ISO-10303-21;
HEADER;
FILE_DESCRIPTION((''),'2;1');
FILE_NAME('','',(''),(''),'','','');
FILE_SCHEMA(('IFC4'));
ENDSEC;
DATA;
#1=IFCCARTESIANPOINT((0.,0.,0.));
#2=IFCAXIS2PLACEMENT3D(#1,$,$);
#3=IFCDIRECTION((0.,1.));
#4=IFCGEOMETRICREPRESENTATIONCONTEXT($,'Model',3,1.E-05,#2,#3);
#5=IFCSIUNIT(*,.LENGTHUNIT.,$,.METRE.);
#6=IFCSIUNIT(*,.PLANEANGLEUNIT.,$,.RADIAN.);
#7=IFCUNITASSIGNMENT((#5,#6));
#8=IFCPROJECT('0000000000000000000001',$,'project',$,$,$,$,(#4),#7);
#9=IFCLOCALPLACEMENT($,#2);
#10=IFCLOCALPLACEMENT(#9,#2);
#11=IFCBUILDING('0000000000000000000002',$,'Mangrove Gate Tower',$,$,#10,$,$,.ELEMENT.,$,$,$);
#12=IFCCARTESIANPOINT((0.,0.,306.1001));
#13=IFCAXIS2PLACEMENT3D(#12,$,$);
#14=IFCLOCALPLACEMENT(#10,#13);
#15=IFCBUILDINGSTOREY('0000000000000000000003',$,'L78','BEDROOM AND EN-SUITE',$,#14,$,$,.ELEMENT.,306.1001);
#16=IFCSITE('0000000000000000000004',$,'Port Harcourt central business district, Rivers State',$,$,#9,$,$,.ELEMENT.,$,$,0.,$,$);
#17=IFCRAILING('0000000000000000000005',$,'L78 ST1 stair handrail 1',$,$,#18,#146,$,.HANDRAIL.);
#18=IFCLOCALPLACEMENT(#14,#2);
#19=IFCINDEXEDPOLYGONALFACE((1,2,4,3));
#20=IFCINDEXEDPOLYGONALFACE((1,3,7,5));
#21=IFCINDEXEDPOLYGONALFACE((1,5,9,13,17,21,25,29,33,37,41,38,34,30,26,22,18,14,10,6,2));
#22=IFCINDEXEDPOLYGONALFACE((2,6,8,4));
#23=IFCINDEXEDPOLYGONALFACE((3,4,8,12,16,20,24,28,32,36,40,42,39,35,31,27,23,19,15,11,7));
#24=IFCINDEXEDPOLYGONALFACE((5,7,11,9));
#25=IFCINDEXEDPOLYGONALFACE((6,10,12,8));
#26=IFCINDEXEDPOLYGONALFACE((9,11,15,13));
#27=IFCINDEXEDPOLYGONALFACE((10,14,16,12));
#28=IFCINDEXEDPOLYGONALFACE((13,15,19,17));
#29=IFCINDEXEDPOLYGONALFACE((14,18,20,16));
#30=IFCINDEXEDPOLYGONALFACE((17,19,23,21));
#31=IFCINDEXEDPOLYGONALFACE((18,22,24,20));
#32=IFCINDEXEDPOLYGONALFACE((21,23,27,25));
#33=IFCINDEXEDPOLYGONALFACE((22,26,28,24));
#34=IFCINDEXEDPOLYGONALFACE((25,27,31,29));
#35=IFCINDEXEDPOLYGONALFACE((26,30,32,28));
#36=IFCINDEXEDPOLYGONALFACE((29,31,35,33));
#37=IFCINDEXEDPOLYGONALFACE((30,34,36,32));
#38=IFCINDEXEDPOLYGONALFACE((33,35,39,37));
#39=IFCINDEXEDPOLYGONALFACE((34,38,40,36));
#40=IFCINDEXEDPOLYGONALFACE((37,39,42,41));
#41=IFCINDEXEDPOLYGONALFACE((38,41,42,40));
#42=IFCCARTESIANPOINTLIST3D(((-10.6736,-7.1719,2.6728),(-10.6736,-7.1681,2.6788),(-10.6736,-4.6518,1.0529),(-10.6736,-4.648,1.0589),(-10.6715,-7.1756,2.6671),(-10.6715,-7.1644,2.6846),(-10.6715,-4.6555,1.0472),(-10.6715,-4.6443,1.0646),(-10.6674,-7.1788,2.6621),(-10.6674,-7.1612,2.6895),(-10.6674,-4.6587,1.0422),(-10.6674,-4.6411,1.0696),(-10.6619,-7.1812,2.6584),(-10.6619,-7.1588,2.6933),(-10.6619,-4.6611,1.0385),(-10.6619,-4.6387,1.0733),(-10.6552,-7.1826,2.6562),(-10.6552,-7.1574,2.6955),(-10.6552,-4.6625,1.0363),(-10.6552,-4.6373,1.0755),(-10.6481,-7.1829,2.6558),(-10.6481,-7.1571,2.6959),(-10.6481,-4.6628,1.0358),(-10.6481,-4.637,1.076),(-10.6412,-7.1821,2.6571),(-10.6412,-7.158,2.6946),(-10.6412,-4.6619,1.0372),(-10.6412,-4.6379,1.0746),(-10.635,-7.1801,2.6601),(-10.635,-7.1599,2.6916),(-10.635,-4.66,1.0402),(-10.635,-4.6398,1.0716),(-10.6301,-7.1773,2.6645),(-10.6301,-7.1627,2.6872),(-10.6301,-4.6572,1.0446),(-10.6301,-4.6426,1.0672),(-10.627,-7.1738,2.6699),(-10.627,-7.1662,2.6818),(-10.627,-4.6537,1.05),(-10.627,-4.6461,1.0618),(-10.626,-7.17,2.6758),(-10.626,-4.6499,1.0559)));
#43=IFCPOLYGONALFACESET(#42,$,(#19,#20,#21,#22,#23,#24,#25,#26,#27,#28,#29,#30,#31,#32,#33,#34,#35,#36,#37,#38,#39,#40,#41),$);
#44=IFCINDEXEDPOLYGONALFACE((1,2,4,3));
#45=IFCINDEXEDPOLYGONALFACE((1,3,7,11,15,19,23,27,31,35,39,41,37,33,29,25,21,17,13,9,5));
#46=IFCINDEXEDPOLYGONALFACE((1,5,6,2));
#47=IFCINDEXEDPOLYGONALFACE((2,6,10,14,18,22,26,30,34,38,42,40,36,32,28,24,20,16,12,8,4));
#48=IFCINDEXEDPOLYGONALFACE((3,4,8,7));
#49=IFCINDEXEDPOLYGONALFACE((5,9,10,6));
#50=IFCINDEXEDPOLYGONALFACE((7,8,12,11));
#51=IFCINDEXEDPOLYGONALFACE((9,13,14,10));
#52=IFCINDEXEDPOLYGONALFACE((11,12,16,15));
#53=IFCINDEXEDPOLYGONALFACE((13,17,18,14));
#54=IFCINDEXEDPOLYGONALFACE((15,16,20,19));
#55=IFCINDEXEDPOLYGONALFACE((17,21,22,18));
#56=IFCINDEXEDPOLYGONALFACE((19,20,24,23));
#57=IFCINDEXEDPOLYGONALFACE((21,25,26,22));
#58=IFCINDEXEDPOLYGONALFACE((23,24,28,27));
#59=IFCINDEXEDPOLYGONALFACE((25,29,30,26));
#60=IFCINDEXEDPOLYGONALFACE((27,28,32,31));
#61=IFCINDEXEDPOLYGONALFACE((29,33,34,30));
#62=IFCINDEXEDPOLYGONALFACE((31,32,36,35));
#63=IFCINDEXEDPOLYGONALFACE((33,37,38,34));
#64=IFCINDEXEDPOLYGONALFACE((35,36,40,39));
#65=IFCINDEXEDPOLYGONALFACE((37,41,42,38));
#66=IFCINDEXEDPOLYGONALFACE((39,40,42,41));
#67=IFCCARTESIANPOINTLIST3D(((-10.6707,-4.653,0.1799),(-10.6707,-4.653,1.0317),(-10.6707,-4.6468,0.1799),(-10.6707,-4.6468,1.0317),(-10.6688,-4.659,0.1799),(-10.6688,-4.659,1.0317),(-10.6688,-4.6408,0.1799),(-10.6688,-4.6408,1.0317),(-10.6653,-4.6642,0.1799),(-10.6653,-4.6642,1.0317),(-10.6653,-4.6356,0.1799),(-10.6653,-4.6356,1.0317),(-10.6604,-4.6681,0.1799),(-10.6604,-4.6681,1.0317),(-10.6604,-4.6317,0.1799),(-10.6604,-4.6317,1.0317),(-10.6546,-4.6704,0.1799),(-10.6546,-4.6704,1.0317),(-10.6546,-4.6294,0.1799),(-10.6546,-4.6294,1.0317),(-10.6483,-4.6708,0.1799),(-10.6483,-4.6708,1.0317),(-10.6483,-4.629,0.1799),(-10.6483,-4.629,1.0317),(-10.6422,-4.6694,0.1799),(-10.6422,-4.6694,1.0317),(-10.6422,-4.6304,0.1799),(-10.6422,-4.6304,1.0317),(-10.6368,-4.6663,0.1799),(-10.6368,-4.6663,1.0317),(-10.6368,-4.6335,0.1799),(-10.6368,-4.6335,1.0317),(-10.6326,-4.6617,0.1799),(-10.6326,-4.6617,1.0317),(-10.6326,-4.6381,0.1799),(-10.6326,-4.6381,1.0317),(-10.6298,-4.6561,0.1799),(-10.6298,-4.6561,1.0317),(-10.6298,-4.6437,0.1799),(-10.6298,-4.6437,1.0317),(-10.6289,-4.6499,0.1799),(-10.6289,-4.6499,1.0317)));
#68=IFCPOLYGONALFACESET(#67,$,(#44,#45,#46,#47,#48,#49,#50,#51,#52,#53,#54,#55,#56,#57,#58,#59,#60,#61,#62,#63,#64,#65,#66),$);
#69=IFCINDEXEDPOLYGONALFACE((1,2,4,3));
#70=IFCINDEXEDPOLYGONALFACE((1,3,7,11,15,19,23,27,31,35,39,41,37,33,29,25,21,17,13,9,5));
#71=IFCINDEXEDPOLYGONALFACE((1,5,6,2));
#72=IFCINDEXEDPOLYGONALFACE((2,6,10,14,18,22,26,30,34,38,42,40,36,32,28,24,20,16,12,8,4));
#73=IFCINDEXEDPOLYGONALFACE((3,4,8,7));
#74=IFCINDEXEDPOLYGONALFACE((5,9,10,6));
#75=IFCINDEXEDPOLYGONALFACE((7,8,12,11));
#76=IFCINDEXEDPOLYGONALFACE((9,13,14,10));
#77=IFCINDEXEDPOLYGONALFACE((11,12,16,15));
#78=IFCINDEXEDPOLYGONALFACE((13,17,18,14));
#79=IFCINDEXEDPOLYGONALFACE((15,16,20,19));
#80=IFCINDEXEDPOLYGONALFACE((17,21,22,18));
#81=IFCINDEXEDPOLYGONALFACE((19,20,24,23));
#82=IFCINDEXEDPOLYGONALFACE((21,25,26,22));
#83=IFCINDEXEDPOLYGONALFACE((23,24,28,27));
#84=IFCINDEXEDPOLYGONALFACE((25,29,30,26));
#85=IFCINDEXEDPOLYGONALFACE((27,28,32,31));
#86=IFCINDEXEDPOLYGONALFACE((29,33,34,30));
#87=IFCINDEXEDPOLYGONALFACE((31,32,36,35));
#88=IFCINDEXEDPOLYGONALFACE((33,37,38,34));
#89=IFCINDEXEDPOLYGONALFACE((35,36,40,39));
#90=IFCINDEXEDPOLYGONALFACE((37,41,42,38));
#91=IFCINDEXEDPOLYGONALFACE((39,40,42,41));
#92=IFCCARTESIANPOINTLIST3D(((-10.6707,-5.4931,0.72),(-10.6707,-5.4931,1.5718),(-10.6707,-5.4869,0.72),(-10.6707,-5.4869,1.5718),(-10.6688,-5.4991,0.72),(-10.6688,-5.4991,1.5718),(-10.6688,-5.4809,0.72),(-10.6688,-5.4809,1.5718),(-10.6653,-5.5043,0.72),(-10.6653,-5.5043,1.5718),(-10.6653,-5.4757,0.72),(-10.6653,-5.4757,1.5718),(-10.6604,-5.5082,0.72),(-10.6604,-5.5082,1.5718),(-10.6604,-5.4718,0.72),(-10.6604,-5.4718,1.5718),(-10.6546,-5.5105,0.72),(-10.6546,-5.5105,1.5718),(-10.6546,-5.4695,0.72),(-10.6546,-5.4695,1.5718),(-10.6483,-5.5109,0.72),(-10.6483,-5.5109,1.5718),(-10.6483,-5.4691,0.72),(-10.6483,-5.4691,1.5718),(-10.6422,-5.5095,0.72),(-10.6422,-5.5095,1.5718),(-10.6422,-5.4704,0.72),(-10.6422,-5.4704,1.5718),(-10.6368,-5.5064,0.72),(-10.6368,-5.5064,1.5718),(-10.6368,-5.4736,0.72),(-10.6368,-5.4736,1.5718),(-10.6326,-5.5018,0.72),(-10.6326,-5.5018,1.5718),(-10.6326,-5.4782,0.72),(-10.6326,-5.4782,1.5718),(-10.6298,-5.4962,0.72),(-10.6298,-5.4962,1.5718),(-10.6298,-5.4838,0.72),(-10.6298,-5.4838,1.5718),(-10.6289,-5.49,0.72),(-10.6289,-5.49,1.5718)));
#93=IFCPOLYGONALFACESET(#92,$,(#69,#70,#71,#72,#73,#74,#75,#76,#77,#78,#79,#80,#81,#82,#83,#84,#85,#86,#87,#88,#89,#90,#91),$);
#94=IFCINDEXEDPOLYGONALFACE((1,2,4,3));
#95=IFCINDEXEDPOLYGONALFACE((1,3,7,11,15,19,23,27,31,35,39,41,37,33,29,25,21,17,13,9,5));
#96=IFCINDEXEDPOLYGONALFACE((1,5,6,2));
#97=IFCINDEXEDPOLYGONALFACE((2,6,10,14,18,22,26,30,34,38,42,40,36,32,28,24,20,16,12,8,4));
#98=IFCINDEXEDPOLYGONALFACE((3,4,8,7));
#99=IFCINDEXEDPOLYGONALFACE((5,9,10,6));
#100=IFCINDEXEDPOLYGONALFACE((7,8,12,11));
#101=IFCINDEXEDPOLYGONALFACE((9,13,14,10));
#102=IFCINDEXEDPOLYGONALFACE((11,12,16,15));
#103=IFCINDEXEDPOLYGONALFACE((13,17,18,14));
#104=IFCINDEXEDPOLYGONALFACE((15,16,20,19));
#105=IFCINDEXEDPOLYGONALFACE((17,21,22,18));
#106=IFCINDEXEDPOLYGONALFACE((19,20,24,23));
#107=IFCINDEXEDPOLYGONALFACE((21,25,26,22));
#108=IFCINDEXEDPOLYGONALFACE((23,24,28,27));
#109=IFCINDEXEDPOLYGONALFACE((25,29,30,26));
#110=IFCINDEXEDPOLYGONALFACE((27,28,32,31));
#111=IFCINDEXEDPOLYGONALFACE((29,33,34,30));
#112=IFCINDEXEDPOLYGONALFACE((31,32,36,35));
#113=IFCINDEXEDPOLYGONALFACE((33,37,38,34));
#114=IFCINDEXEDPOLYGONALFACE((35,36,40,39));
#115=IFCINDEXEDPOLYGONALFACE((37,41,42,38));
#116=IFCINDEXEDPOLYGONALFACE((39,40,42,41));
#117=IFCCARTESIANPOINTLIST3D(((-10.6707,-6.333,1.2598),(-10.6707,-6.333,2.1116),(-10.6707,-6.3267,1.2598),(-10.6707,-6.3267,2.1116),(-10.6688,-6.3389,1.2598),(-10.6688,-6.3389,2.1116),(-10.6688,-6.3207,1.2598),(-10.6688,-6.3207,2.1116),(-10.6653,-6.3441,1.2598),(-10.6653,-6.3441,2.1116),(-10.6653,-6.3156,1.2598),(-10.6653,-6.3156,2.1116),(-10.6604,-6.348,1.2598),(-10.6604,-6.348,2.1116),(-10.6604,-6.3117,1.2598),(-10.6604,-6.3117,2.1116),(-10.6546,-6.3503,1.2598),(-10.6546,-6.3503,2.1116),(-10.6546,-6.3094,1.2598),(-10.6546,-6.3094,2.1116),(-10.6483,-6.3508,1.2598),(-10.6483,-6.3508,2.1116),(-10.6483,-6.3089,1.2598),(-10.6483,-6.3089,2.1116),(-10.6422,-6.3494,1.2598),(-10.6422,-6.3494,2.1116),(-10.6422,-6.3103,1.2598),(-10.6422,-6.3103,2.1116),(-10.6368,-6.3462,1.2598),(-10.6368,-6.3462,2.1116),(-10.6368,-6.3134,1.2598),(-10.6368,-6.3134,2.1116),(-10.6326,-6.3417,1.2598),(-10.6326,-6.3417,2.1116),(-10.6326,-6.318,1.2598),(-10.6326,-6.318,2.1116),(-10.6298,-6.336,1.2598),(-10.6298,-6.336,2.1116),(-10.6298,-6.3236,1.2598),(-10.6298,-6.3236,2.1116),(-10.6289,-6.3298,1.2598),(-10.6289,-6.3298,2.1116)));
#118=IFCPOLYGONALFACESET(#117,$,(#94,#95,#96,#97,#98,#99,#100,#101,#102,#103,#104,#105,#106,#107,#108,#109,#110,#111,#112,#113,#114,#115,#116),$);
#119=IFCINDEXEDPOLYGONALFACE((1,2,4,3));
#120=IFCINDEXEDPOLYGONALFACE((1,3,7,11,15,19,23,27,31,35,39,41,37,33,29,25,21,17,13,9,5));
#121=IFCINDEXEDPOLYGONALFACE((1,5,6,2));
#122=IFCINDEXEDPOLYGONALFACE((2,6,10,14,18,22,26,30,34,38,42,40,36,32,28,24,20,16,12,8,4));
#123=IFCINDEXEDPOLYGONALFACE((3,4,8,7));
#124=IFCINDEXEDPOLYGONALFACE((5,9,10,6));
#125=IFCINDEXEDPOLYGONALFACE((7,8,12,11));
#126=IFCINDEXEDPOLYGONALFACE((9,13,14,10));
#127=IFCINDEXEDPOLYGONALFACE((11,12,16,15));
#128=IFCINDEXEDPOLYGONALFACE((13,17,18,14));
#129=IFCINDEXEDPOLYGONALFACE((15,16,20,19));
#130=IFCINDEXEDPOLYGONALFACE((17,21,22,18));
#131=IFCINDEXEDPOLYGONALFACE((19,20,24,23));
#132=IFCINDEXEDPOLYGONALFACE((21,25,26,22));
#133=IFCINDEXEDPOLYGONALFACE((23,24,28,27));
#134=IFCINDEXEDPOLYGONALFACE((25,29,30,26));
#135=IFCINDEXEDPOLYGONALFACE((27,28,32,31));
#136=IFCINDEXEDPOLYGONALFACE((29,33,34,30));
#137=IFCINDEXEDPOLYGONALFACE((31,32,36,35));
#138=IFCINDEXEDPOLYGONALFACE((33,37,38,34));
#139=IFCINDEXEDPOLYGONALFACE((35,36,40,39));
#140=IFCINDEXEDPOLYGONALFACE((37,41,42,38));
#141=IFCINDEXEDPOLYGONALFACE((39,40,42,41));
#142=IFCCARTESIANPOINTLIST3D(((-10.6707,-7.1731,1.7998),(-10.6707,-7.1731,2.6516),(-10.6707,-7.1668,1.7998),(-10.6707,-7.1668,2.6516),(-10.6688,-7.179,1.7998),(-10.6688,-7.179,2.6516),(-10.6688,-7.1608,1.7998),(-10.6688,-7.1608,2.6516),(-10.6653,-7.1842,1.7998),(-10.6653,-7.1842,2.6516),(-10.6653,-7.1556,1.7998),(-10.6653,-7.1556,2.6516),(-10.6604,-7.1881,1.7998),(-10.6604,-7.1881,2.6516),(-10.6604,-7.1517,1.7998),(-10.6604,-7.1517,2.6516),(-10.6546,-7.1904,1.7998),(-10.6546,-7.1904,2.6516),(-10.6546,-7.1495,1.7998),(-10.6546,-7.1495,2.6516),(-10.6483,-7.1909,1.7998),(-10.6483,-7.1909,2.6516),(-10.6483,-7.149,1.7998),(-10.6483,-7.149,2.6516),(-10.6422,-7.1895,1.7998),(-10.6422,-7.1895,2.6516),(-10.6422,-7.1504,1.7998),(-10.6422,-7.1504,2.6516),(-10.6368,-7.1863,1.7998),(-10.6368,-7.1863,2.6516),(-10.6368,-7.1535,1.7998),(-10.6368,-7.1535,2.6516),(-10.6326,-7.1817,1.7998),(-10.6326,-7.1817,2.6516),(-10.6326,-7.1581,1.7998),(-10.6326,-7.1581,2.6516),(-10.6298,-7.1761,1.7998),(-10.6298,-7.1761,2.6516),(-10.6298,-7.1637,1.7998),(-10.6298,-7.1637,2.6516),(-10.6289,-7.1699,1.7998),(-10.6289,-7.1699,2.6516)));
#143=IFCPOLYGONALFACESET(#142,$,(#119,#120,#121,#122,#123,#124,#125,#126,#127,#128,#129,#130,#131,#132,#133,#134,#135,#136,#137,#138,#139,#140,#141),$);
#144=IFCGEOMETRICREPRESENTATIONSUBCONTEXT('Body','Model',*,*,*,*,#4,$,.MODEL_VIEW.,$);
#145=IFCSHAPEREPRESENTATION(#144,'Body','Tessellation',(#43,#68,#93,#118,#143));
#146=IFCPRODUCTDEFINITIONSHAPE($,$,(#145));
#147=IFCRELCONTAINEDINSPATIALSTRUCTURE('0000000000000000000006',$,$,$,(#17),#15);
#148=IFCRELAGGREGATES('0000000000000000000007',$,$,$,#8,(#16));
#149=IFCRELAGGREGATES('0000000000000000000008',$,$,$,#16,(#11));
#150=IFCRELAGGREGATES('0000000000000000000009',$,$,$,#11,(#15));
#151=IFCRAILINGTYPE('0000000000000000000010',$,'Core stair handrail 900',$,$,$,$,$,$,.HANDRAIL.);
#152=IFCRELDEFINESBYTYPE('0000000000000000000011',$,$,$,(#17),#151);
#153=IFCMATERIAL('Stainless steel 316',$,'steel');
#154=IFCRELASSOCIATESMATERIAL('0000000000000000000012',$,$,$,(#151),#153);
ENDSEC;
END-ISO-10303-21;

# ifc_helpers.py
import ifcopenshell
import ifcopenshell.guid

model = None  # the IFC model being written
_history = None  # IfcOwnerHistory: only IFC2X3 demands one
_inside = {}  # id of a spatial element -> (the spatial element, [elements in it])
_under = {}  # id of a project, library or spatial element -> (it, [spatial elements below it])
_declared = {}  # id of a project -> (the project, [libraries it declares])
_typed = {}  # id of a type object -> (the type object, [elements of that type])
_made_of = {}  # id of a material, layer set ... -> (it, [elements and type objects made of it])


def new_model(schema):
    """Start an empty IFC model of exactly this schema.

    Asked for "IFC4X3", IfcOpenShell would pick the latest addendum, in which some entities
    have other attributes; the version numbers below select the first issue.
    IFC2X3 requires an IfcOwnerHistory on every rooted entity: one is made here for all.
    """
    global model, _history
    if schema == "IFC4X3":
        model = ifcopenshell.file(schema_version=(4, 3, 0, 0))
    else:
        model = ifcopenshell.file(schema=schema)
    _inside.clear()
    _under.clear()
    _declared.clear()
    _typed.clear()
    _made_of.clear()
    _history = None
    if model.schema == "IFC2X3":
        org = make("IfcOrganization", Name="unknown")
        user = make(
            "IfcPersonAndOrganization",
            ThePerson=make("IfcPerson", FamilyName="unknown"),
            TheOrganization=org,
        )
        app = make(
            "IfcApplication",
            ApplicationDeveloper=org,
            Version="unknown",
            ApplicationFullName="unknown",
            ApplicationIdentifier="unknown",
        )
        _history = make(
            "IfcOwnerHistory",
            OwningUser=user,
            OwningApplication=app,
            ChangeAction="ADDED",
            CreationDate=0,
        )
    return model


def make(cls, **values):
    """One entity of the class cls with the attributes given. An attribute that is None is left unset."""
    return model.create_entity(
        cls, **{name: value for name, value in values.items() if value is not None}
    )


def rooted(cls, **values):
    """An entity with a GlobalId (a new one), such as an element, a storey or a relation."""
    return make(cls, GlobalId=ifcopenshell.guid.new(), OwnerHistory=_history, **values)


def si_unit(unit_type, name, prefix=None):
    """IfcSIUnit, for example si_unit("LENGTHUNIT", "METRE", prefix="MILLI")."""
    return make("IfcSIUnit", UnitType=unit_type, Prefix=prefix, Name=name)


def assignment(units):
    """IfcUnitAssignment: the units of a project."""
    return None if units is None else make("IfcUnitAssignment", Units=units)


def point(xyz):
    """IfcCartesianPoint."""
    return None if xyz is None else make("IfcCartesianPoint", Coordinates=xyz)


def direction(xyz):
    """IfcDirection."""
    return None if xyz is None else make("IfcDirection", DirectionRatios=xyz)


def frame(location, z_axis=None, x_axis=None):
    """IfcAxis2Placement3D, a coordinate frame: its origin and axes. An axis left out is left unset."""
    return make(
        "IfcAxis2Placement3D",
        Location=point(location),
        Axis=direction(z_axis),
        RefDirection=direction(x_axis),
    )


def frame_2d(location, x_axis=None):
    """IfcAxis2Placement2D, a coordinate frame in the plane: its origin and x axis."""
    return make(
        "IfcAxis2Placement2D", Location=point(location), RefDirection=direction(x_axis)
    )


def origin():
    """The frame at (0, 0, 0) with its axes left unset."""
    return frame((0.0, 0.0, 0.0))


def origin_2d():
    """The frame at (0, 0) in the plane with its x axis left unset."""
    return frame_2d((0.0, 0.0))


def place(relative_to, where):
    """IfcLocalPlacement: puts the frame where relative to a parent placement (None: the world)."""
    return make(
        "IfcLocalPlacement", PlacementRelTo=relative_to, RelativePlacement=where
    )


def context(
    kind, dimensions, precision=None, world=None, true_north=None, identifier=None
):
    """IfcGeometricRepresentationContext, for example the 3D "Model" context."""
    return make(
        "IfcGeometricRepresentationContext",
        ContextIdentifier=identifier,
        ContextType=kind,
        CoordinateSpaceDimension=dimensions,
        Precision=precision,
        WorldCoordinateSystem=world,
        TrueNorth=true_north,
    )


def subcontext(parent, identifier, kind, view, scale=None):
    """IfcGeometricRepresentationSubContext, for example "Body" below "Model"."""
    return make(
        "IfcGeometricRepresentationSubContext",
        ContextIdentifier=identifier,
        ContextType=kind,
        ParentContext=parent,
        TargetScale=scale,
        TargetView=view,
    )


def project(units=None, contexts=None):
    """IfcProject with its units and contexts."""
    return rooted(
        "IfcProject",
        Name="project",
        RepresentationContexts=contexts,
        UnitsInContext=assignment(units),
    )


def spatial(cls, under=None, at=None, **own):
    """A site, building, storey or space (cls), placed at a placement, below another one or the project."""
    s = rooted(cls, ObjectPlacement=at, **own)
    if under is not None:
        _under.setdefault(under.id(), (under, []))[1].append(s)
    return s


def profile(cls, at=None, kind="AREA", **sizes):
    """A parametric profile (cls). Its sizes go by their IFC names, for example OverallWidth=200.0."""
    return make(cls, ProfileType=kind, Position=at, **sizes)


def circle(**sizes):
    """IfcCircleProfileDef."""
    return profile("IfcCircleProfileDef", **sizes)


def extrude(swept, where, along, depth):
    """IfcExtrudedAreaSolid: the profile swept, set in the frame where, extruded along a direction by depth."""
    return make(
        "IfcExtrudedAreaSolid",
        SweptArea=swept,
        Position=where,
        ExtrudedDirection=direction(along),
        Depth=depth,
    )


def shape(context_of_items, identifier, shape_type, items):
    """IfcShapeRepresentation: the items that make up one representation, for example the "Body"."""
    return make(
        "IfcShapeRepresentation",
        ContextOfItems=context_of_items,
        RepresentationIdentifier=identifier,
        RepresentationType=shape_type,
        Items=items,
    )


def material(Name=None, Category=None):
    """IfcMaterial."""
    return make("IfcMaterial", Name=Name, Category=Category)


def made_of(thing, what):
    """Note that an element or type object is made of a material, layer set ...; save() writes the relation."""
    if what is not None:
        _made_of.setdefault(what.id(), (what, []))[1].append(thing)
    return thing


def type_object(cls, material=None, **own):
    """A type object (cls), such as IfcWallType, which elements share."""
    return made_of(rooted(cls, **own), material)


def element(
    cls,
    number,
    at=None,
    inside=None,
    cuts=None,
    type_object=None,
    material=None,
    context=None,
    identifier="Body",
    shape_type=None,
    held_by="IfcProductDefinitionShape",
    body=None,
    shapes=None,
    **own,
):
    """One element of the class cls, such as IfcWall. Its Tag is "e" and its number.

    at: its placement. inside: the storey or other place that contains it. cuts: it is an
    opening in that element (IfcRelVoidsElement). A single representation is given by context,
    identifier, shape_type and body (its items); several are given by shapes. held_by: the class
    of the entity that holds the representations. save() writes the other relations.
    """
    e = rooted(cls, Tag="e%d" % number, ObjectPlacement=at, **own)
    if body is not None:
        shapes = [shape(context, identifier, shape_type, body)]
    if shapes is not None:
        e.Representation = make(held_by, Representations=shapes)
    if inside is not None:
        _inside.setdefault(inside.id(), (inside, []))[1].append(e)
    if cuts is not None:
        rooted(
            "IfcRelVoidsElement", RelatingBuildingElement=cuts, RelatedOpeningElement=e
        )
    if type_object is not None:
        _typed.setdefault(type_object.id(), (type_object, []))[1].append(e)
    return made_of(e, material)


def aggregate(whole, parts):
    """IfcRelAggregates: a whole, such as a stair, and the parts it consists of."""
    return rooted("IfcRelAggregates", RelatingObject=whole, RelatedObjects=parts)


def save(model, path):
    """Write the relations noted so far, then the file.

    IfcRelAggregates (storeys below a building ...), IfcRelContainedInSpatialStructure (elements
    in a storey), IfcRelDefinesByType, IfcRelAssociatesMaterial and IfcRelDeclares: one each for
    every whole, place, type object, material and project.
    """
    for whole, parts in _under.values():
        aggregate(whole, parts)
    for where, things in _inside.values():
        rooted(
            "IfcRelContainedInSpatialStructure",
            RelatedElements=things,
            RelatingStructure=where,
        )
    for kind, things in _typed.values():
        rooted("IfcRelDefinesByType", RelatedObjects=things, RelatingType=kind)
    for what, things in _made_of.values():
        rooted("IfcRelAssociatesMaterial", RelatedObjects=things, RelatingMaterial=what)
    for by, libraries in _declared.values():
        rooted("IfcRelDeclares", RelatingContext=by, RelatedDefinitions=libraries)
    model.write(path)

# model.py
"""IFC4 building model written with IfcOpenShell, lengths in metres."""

from ifc_helpers import new_model, si_unit, direction, frame, origin, origin_2d, place, context, subcontext, project, spatial, circle, extrude, material, type_object, element, save


model = new_model("IFC4")

# Units and contexts
model_context = context("Model", 3, precision=1e-05, world=origin(), true_north=direction((0.0, 1.0)))
body_context = subcontext(model_context, "Body", "Model", "MODEL_VIEW")
ifc_project = project(units=[si_unit("LENGTHUNIT", "METRE"), si_unit("PLANEANGLEUNIT", "RADIAN")], contexts=[model_context])

# Site, building, storey
site_placement = place(None, origin())
site = spatial("IfcSite", under=ifc_project, at=site_placement, Name="Port Harcourt central business district, Rivers State", CompositionType="ELEMENT", RefElevation=0.0)
building_placement = place(site_placement, origin())
building = spatial("IfcBuilding", under=site, at=building_placement, Name="Mangrove Gate Tower", CompositionType="ELEMENT")
storey_placement = place(building_placement, frame((0.0, 0.0, 306.1001)))
storey = spatial("IfcBuildingStorey", under=building, at=storey_placement, Name="L78", Description="BEDROOM AND EN-SUITE", CompositionType="ELEMENT", Elevation=306.1001)

# Railing
ifc_material_1 = material(Name="Stainless steel 316", Category="steel")
railing_type_1 = type_object("IfcRailingType", Name="Core stair handrail 900", PredefinedType="HANDRAIL", material=ifc_material_1)
railing_1_placement = place(storey_placement, frame((-10.6499, -4.6499, 0.1799)))
element("IfcRailing", 1, at=railing_1_placement, inside=storey, type_object=railing_type_1, Name="L78 ST1 stair handrail 1", PredefinedType="HANDRAIL", context=body_context, shape_type="SweptSolid", body=[
    extrude(circle(Radius=0.0239, at=origin_2d()), frame((0.0, 0.0, 0.876), z_axis=(0.0, -0.8412, 0.540725), x_axis=(1.0, 0.0, 0.0)), (0.0, 0.0, 1.0), 2.9958),
    extrude(circle(Radius=0.021, at=origin_2d()), origin(), (0.0, 0.0, 1.0), 0.8518),
    extrude(circle(Radius=0.021, at=origin_2d()), frame((0.0, -0.8401, 0.54)), (0.0, 0.0, 1.0), 0.8518),
    extrude(circle(Radius=0.021, at=origin_2d()), frame((0.0, -1.6799, 1.0798)), (0.0, 0.0, 1.0), 0.8518),
    extrude(circle(Radius=0.021, at=origin_2d()), frame((0.0, -2.52, 1.6199)), (0.0, 0.0, 1.0), 0.8518),
])

save(model, "model.ifc")
